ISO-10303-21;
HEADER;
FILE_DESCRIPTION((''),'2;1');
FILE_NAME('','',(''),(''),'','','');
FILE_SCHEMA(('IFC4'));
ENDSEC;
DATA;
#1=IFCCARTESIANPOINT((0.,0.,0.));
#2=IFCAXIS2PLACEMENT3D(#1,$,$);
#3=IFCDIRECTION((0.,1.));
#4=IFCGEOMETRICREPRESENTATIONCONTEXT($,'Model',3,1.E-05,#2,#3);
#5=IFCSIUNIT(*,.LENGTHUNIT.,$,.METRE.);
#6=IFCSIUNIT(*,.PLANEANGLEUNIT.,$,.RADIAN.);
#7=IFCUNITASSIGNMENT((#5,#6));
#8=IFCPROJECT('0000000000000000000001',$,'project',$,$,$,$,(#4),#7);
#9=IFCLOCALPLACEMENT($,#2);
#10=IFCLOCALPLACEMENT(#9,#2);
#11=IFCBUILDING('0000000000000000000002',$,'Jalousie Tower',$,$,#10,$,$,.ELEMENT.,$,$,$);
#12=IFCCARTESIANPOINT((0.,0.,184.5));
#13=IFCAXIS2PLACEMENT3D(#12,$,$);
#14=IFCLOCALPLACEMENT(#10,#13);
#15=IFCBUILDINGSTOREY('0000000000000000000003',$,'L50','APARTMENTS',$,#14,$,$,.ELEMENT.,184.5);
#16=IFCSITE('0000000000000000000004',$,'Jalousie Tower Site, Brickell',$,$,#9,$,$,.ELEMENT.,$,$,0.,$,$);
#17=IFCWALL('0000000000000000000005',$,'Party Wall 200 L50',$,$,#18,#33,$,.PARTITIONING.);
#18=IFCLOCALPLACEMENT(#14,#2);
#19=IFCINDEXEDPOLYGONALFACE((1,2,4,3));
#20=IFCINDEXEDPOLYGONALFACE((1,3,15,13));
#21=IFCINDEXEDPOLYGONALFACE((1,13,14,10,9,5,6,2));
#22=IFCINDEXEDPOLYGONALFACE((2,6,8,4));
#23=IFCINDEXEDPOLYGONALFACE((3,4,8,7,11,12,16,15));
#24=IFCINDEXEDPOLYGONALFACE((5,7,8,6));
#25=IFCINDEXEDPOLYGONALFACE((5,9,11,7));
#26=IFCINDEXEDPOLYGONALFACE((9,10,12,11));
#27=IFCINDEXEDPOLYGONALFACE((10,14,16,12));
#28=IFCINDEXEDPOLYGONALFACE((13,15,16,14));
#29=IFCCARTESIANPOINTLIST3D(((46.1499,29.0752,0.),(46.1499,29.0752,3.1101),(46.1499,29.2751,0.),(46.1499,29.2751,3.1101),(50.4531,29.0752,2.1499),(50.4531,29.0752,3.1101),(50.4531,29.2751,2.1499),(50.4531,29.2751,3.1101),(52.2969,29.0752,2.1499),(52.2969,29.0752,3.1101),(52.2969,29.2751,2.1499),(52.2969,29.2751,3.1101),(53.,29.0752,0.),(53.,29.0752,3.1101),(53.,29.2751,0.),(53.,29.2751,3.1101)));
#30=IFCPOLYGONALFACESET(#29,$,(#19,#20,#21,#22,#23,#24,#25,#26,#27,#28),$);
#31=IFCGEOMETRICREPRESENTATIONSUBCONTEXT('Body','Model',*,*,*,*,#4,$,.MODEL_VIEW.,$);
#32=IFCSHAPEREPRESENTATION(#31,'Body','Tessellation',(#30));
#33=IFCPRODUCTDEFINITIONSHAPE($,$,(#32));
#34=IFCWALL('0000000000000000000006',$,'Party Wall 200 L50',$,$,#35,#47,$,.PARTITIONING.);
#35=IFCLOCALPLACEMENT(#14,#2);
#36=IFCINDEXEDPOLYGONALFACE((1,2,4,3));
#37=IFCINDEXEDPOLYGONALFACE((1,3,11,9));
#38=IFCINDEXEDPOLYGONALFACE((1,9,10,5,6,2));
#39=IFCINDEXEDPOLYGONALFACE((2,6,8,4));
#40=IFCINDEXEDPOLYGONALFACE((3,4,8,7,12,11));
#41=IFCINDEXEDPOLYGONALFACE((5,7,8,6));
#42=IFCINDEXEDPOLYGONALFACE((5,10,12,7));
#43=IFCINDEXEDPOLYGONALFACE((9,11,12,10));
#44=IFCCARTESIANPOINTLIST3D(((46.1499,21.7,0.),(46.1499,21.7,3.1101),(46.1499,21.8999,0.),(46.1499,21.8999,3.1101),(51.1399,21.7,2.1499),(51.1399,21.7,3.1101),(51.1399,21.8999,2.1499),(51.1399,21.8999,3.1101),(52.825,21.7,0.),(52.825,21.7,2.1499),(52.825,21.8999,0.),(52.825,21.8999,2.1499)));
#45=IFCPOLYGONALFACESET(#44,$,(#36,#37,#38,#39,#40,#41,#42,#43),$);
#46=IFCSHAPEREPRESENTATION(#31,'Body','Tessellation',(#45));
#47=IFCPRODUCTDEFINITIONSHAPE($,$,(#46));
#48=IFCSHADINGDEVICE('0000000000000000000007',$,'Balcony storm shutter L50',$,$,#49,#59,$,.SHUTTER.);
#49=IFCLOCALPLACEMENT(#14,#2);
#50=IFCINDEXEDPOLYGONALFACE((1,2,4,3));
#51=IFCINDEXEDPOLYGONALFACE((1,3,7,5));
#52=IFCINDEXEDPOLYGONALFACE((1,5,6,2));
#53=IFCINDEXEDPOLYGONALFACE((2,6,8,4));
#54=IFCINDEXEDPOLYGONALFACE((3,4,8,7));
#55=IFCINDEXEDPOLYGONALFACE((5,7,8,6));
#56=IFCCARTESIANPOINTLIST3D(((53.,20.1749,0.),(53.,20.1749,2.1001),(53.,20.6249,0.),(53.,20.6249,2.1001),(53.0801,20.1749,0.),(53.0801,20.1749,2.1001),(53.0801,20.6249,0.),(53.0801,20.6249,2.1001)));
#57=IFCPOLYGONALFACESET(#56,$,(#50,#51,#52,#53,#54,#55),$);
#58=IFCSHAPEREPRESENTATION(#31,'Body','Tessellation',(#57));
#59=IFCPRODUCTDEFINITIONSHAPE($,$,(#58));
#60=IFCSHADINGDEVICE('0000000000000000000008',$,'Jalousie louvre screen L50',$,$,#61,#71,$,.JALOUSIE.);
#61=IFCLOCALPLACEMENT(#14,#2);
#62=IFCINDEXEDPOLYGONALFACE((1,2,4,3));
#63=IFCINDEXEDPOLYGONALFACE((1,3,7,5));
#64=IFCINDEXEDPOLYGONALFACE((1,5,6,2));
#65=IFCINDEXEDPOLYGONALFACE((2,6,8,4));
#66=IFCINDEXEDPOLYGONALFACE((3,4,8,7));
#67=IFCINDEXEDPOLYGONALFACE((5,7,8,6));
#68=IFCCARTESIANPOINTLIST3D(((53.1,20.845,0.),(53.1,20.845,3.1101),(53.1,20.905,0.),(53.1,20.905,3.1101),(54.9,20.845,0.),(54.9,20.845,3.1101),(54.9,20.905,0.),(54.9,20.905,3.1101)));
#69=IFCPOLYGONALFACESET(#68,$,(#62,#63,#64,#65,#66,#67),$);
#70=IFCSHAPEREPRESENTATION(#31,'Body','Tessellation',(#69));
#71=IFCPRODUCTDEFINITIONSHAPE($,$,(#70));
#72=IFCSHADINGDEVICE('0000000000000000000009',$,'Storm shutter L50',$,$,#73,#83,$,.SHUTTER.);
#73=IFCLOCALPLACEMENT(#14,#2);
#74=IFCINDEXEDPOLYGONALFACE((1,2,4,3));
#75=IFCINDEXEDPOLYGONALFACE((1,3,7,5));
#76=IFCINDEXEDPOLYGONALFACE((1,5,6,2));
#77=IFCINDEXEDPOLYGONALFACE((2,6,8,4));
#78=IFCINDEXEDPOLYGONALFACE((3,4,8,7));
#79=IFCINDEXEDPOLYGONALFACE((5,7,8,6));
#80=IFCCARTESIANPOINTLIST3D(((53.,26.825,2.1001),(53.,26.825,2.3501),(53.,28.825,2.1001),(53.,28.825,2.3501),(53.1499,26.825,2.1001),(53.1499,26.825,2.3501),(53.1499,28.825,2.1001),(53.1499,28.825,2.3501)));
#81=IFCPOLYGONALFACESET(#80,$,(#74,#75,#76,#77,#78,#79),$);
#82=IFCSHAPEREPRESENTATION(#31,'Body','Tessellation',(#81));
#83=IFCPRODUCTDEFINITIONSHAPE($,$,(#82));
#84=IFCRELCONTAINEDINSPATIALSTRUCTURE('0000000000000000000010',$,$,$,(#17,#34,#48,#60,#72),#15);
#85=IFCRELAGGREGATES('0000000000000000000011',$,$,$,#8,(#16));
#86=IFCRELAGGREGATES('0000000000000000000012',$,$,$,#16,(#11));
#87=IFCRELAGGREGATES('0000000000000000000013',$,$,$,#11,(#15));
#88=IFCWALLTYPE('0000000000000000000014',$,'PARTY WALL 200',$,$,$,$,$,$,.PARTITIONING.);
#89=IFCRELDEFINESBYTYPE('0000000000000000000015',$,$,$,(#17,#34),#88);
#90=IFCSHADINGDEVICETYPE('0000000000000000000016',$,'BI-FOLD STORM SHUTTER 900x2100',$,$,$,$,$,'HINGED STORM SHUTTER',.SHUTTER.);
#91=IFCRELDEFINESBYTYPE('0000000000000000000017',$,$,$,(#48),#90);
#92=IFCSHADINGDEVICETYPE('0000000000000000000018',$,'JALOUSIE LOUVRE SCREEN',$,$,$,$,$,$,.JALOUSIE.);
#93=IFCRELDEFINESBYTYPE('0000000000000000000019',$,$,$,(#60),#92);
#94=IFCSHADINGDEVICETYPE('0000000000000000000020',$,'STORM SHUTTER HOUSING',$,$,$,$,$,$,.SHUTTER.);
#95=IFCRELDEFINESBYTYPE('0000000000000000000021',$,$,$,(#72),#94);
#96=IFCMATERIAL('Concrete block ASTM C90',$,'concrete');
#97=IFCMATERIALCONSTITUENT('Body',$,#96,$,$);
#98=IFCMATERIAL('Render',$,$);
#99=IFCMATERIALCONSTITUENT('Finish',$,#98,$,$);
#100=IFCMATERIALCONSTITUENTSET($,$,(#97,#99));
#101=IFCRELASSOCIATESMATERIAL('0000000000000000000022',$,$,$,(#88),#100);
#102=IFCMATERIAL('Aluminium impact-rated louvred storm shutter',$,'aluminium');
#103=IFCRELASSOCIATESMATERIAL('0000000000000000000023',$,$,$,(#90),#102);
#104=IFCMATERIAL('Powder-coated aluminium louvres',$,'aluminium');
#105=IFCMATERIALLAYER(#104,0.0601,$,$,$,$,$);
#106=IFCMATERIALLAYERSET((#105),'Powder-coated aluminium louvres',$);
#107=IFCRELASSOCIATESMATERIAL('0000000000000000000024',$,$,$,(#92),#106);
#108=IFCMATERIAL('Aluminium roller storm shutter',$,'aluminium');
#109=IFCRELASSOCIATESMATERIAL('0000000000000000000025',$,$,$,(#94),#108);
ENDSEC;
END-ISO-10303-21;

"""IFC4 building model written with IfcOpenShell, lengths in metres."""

from ifc_helpers import new_model, si_unit, direction, frame, origin, origin_2d, place, context, subcontext, project, spatial, polyline, rectangle, outline, extrude, material, layer, layer_set, constituent, constituent_set, type_object, element, save


model = new_model("IFC4")

# Units and contexts
model_context = context("Model", 3, precision=1e-05, world=origin(), true_north=direction((0.0, 1.0)))
body_context = subcontext(model_context, "Body", "Model", "MODEL_VIEW")
ifc_project = project(units=[si_unit("LENGTHUNIT", "METRE"), si_unit("PLANEANGLEUNIT", "RADIAN")], contexts=[model_context])

# Site, building, storey
site_placement = place(None, origin())
site = spatial("IfcSite", under=ifc_project, at=site_placement, Name="Jalousie Tower Site, Brickell", CompositionType="ELEMENT", RefElevation=0.0)
building_placement = place(site_placement, origin())
building = spatial("IfcBuilding", under=site, at=building_placement, Name="Jalousie Tower", CompositionType="ELEMENT")
storey_placement = place(building_placement, frame((0.0, 0.0, 184.5)))
storey = spatial("IfcBuildingStorey", under=building, at=storey_placement, Name="L50", Description="APARTMENTS", CompositionType="ELEMENT", Elevation=184.5)

# Walls
ifc_material_1 = material(Name="Concrete block ASTM C90", Category="concrete")
ifc_constituent_1 = constituent(ifc_material_1, Name="Body")
ifc_material_2 = material(Name="Render")
ifc_constituent_2 = constituent(ifc_material_2, Name="Finish")
ifc_constituent_set_1 = constituent_set(constituents=[ifc_constituent_1, ifc_constituent_2])
wall_type_1 = type_object("IfcWallType", Name="PARTY WALL 200", PredefinedType="PARTITIONING", material=ifc_constituent_set_1)
wall_1_placement = place(storey_placement, frame((46.1499, 29.175, 0.0), z_axis=(0.0, 0.0, 1.0), x_axis=(1.0, 0.0, 0.0)))
element("IfcWall", 1, at=wall_1_placement, inside=storey, type_object=wall_type_1, Name="Party Wall 200 L50", PredefinedType="PARTITIONING", context=body_context, shape_type="SweptSolid", body=[
    extrude(outline(polyline([(0.0, 0.0), (6.8501, 0.0), (6.8501, 3.1101), (6.147, 3.1101), (6.147, 2.1499), (4.3032, 2.1499), (4.3032, 3.1101), (0.0, 3.1101), (0.0, 0.0)])), frame((0.0, 0.1001, 0.0), z_axis=(0.0, -1.0, 0.0), x_axis=(1.0, 0.0, 0.0)), (0.0, 0.0, 1.0), 0.2),
])
wall_2_placement = place(storey_placement, frame((52.825, 21.8, 0.0), z_axis=(0.0, 0.0, 1.0), x_axis=(-1.0, 0.0, 0.0)))
element("IfcWall", 2, at=wall_2_placement, inside=storey, type_object=wall_type_1, Name="Party Wall 200 L50", PredefinedType="PARTITIONING", context=body_context, shape_type="SweptSolid", body=[
    extrude(outline(polyline([(0.0, 0.0), (6.675, 0.0), (6.675, 3.1101), (1.6851, 3.1101), (1.6851, 2.1499), (0.0, 2.1499), (0.0, 3.1101), (0.0, 0.0)])), frame((0.0, 0.1001, 0.0), z_axis=(0.0, -1.0, 0.0), x_axis=(1.0, 0.0, 0.0)), (0.0, 0.0, 1.0), 0.2),
])

# Shading devices
ifc_material_3 = material(Name="Aluminium impact-rated louvred storm shutter", Category="aluminium")
shading_device_type_1 = type_object("IfcShadingDeviceType", Name="BI-FOLD STORM SHUTTER 900x2100", ElementType="HINGED STORM SHUTTER", PredefinedType="SHUTTER", material=ifc_material_3)
shading_device_1_placement = place(storey_placement, frame((53.04, 20.3999, 0.0), z_axis=(0.0, 0.0, 1.0), x_axis=(0.0, 1.0, 0.0)))
element("IfcShadingDevice", 3, at=shading_device_1_placement, inside=storey, type_object=shading_device_type_1, Name="Balcony storm shutter L50", PredefinedType="SHUTTER", context=body_context, shape_type="SweptSolid", body=[
    extrude(rectangle(XDim=0.45, YDim=0.0801, at=origin_2d()), origin(), (0.0, 0.0, 1.0), 2.1001),
])
ifc_material_4 = material(Name="Powder-coated aluminium louvres", Category="aluminium")
ifc_layer_1 = layer(ifc_material_4, 0.0601)
ifc_layer_set_1 = layer_set([ifc_layer_1], Name="Powder-coated aluminium louvres")
shading_device_type_2 = type_object("IfcShadingDeviceType", Name="JALOUSIE LOUVRE SCREEN", PredefinedType="JALOUSIE", material=ifc_layer_set_1)
shading_device_2_placement = place(storey_placement, frame((54.0, 20.875, 0.0), z_axis=(0.0, 0.0, 1.0), x_axis=(0.0, 1.0, 0.0)))
element("IfcShadingDevice", 4, at=shading_device_2_placement, inside=storey, type_object=shading_device_type_2, Name="Jalousie louvre screen L50", PredefinedType="JALOUSIE", context=body_context, shape_type="SweptSolid", body=[
    extrude(rectangle(XDim=0.0601, YDim=1.8, at=origin_2d()), origin(), (0.0, 0.0, 1.0), 3.1101),
])
ifc_material_5 = material(Name="Aluminium roller storm shutter", Category="aluminium")
shading_device_type_3 = type_object("IfcShadingDeviceType", Name="STORM SHUTTER HOUSING", PredefinedType="SHUTTER", material=ifc_material_5)
shading_device_3_placement = place(storey_placement, frame((53.075, 27.825, 2.1001), z_axis=(0.0, 0.0, 1.0), x_axis=(0.0, 1.0, 0.0)))
element("IfcShadingDevice", 5, at=shading_device_3_placement, inside=storey, type_object=shading_device_type_3, Name="Storm shutter L50", PredefinedType="SHUTTER", context=body_context, shape_type="SweptSolid", body=[
    extrude(rectangle(XDim=2.0, YDim=0.1499, at=origin_2d()), origin(), (0.0, 0.0, 1.0), 0.25),
])

save(model, "model.ifc")
